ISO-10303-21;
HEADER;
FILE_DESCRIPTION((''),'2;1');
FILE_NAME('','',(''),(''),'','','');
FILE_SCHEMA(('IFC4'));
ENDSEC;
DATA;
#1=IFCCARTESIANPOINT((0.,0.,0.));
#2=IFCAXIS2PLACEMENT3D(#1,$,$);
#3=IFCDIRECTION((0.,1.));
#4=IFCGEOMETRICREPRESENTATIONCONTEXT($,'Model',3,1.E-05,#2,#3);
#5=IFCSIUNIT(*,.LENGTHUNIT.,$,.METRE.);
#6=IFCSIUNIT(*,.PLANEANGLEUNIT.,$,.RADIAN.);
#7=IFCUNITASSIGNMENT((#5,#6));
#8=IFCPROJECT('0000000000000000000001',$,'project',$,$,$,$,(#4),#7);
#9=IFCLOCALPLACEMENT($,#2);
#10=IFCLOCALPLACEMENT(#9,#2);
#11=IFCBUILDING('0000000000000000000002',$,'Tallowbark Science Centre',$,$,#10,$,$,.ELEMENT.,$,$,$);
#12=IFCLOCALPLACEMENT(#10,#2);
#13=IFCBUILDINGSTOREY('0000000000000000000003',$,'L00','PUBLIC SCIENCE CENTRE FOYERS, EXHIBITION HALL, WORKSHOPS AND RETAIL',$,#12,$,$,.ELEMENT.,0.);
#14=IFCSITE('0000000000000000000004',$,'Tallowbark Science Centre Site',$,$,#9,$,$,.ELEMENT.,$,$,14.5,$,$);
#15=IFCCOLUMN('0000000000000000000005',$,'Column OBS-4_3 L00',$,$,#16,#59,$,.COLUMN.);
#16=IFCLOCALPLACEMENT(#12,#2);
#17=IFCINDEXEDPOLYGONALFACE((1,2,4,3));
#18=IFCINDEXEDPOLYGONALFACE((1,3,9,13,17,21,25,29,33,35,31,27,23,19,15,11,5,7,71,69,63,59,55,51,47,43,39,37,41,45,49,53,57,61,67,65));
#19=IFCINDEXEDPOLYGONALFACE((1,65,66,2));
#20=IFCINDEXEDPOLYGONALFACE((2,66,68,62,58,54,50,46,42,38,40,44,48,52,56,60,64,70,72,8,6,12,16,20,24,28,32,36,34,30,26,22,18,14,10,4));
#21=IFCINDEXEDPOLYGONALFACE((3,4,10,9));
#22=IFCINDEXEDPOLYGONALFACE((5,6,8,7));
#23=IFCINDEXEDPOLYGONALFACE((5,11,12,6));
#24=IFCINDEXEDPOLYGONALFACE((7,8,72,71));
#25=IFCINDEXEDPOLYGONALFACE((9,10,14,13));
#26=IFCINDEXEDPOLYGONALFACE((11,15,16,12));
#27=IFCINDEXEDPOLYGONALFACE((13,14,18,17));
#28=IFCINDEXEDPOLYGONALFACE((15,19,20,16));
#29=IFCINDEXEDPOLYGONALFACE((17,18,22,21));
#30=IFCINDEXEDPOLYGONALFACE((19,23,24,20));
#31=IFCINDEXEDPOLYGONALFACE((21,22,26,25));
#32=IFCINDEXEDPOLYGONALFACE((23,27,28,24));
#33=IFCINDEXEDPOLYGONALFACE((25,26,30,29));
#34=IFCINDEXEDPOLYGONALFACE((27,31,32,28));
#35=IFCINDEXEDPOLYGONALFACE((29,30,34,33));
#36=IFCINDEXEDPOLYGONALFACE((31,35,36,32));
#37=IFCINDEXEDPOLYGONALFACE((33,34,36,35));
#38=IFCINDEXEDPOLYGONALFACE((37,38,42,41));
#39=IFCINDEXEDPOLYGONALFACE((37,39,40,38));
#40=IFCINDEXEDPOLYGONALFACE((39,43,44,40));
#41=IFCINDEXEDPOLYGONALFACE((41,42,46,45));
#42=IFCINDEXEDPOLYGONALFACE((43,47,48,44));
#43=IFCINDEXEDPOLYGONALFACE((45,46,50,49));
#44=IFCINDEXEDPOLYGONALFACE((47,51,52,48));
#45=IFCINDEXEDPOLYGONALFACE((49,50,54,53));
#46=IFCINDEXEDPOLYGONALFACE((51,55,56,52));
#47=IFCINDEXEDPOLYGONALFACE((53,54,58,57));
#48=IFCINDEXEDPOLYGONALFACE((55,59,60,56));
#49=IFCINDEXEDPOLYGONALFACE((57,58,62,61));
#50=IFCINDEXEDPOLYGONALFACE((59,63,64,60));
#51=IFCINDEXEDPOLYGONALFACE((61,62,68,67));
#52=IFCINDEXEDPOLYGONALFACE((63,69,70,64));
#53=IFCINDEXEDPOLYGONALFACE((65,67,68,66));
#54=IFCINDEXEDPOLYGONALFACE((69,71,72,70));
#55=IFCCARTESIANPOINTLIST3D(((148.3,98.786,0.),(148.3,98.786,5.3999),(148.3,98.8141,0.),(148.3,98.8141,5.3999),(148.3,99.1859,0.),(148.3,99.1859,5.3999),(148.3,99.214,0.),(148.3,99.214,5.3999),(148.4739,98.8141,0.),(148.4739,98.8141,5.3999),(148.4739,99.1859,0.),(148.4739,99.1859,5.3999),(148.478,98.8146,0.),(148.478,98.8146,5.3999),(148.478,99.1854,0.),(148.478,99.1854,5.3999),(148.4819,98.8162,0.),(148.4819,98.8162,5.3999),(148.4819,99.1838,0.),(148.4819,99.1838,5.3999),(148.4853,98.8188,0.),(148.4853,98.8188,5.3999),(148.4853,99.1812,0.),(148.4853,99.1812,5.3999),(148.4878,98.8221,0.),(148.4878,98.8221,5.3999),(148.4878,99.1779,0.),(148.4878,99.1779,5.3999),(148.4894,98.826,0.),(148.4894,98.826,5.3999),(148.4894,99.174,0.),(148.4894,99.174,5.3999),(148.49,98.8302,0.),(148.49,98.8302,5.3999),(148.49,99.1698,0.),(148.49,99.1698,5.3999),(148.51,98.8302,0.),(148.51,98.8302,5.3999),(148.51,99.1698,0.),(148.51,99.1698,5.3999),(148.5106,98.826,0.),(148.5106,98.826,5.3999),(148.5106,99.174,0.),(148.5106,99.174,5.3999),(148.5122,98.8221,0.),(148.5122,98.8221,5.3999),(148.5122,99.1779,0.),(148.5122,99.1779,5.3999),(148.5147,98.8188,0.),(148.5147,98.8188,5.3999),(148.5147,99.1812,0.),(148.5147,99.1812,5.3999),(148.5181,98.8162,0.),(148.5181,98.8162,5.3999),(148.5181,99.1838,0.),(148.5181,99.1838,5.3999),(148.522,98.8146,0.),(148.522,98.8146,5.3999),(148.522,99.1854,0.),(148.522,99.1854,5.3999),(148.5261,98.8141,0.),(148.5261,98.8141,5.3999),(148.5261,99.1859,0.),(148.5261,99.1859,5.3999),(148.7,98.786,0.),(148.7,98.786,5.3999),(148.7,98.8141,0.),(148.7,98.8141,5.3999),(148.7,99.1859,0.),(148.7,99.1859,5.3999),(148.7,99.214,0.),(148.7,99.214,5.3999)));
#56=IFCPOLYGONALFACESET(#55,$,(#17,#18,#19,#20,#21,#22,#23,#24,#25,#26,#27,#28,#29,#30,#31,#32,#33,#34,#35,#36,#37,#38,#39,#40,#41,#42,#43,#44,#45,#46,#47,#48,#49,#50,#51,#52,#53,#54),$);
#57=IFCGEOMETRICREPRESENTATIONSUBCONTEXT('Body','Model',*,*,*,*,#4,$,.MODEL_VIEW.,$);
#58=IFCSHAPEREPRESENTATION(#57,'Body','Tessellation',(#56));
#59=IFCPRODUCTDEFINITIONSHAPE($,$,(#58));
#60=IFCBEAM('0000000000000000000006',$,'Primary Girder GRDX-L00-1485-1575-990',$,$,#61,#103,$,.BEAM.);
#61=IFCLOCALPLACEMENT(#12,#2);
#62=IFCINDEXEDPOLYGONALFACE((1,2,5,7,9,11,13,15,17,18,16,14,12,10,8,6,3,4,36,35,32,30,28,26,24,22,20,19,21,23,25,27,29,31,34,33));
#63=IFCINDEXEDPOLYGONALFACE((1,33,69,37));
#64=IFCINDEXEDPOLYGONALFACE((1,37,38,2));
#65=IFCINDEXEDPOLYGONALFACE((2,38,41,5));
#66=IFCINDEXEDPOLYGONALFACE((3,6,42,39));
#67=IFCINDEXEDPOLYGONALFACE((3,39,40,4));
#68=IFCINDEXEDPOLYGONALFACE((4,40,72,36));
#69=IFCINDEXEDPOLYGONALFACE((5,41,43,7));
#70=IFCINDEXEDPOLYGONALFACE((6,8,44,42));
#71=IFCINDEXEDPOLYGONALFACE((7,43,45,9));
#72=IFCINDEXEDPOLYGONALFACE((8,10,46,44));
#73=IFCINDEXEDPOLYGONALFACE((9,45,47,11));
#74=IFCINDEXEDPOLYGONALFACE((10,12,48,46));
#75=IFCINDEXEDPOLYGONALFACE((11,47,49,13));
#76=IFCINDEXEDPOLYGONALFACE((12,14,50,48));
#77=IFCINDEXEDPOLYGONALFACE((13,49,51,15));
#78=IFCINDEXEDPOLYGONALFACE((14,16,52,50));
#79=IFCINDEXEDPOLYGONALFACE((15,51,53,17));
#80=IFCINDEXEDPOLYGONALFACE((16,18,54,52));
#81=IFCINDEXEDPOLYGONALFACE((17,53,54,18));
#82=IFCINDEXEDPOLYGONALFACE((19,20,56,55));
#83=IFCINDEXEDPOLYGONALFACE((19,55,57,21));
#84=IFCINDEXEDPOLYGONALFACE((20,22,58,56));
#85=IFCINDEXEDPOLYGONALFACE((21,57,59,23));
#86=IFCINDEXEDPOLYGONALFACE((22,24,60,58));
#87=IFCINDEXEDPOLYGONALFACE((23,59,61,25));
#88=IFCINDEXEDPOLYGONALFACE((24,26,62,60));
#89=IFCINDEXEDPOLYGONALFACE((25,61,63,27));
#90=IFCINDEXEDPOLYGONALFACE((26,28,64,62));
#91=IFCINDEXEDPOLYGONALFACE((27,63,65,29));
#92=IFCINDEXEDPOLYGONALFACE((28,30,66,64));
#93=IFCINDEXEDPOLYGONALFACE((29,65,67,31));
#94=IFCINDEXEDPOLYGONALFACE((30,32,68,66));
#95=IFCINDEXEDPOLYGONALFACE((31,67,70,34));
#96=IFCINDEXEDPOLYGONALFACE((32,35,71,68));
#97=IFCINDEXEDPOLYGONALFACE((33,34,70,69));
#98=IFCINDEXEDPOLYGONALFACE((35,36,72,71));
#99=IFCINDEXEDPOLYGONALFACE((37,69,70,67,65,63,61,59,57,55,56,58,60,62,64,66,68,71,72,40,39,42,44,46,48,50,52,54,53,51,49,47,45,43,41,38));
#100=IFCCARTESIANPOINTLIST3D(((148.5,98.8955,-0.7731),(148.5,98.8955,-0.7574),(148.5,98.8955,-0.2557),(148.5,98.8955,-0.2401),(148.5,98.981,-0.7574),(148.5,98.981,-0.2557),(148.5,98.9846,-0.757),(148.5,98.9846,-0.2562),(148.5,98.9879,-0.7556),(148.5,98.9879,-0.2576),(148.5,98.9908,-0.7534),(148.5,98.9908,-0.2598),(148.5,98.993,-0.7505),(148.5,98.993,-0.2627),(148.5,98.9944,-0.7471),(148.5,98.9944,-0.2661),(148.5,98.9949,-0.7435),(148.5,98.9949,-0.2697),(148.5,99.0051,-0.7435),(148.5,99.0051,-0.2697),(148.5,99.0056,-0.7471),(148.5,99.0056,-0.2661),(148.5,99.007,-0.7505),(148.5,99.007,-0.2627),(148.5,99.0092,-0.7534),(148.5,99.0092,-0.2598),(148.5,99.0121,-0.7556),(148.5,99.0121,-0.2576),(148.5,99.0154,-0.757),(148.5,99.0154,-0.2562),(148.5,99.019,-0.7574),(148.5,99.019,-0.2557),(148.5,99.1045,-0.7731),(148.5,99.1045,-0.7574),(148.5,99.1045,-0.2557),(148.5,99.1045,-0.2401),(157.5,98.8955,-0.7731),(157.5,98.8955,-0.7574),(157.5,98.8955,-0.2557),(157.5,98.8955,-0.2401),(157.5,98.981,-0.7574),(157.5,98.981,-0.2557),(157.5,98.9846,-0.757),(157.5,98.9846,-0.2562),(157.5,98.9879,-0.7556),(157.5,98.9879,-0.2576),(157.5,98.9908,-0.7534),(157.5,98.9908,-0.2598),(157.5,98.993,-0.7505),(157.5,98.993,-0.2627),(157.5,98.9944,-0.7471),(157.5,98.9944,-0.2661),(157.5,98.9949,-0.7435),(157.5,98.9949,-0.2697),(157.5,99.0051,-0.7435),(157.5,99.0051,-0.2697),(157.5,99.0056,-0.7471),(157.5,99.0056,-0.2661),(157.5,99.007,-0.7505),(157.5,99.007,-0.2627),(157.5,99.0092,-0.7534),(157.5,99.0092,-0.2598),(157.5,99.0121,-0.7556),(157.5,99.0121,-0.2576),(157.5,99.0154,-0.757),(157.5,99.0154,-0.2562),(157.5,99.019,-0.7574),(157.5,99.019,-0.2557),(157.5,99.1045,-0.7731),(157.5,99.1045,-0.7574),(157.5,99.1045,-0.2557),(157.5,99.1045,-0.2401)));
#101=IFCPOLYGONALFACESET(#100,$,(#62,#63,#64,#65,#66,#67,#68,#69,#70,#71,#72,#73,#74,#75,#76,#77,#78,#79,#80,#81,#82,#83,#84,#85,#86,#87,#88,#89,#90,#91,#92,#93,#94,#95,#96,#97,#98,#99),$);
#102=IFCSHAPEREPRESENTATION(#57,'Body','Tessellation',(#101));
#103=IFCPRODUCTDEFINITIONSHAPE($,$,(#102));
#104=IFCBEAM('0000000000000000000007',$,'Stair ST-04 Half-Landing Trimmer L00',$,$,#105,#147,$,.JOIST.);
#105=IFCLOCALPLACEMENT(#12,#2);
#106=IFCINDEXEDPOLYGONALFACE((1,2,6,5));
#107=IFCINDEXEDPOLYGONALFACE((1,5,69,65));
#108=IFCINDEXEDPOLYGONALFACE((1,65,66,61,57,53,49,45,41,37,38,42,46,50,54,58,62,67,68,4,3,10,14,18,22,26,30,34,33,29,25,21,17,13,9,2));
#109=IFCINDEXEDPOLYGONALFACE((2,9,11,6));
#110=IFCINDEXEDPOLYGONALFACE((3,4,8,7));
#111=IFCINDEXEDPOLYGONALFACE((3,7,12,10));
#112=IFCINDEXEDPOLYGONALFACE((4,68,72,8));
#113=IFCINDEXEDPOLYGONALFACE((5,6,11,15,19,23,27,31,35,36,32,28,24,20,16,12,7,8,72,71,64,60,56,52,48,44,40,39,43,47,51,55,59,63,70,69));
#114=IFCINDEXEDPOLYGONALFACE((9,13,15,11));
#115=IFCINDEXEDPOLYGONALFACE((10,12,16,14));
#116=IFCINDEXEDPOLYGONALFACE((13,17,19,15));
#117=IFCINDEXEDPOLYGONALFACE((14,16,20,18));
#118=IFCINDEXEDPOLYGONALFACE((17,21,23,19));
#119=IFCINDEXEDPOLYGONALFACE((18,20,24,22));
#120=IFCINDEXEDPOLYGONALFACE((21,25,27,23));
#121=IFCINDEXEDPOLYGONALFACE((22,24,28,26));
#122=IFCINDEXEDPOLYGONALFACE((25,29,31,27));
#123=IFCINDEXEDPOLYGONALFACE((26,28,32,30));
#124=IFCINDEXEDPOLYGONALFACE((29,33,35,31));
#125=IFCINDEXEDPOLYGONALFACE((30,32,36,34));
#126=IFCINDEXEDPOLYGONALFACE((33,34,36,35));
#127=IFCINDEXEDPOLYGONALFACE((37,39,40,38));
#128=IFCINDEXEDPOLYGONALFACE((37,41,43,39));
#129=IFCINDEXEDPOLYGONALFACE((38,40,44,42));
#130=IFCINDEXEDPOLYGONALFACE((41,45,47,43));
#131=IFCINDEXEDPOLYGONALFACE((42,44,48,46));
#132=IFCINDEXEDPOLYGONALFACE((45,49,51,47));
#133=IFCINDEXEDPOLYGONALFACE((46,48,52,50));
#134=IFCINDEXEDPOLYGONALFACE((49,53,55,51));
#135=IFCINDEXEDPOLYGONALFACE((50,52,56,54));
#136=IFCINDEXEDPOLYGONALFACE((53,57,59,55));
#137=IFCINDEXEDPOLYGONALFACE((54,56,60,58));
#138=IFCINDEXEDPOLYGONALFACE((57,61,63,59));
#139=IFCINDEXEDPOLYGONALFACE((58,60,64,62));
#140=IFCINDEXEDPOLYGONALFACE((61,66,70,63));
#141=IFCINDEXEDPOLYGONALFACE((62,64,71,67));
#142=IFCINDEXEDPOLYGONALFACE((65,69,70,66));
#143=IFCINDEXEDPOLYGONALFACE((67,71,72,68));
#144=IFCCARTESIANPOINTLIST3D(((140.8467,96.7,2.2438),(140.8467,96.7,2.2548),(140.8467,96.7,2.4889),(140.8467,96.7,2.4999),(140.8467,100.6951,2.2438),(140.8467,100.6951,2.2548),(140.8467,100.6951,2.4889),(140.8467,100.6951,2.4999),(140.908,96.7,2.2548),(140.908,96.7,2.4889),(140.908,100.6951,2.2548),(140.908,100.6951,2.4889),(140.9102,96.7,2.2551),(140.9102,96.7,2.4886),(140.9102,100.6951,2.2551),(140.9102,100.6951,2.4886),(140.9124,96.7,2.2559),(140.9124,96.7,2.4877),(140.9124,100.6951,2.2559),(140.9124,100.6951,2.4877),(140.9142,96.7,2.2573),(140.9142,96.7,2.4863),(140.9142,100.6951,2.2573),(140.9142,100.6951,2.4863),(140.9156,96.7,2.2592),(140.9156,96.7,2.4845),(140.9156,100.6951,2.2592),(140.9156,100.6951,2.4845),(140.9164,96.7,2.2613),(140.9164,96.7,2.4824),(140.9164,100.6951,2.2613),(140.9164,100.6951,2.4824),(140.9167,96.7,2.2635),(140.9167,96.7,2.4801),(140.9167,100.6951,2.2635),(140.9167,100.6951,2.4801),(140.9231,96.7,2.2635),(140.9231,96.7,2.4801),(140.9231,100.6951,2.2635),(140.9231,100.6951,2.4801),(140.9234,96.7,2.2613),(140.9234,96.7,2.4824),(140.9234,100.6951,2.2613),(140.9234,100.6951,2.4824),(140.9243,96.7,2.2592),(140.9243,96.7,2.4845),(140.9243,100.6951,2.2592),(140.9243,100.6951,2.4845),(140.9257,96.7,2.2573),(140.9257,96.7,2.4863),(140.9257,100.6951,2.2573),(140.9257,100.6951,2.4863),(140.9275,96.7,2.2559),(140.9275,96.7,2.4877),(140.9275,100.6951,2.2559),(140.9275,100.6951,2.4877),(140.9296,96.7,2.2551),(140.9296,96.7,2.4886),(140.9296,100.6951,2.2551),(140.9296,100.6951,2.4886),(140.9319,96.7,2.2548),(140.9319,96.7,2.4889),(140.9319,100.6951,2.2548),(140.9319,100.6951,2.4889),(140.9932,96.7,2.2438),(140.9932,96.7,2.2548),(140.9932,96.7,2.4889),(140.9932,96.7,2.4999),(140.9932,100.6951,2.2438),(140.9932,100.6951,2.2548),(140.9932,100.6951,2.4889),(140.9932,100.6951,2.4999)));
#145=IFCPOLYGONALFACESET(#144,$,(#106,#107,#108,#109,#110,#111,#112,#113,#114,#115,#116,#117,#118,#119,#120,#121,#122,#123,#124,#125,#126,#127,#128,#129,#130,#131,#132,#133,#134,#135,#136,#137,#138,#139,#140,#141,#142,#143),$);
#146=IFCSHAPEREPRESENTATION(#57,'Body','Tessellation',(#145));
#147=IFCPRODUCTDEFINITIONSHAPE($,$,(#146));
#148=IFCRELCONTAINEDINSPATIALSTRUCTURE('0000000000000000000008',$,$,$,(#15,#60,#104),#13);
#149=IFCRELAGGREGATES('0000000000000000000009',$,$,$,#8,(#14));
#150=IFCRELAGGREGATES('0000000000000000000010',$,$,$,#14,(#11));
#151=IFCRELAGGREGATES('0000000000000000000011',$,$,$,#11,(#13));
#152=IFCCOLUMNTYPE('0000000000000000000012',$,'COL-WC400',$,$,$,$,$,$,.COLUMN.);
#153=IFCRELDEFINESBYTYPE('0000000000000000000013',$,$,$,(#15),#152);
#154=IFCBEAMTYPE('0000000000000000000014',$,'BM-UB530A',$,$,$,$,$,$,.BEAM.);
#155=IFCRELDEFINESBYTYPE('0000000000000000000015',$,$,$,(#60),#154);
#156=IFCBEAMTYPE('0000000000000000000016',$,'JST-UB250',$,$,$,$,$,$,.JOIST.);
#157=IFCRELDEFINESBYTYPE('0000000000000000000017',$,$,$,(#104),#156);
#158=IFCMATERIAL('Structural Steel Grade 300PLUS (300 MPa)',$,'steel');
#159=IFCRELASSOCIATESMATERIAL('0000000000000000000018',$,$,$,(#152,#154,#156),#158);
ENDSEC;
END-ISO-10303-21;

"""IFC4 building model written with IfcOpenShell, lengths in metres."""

from ifc_helpers import new_model, si_unit, direction, frame, origin, origin_2d, place, context, subcontext, project, spatial, i_section, extrude, material, material_profile, profile_set, type_object, element, save


model = new_model("IFC4")

# Units and contexts
model_context = context("Model", 3, precision=1e-05, world=origin(), true_north=direction((0.0, 1.0)))
body_context = subcontext(model_context, "Body", "Model", "MODEL_VIEW")
ifc_project = project(units=[si_unit("LENGTHUNIT", "METRE"), si_unit("PLANEANGLEUNIT", "RADIAN")], contexts=[model_context])

# Site, building, storey
site_placement = place(None, origin())
site = spatial("IfcSite", under=ifc_project, at=site_placement, Name="Tallowbark Science Centre Site", CompositionType="ELEMENT", RefElevation=14.5)
building_placement = place(site_placement, origin())
building = spatial("IfcBuilding", under=site, at=building_placement, Name="Tallowbark Science Centre", CompositionType="ELEMENT")
storey_placement = place(building_placement, origin())
storey = spatial("IfcBuildingStorey", under=building, at=storey_placement, Name="L00", Description="PUBLIC SCIENCE CENTRE FOYERS, EXHIBITION HALL, WORKSHOPS AND RETAIL", CompositionType="ELEMENT", Elevation=0.0)

# Column
ifc_material_1 = material(Name="Structural Steel Grade 300PLUS (300 MPa)", Category="steel")
ifc_material_profile_1 = material_profile(ifc_material_1, i_section(OverallWidth=0.3999, OverallDepth=0.428, WebThickness=0.02, FlangeThickness=0.0281, FilletRadius=0.0161, at=origin_2d()), Name="400WC270")
ifc_profile_set_1 = profile_set([ifc_material_profile_1], Name="Structural Steel Grade 300PLUS (300 MPa)")
column_type = type_object("IfcColumnType", Name="COL-WC400", PredefinedType="COLUMN", material=ifc_profile_set_1)
column_placement = place(storey_placement, frame((148.5, 99.0, 0.0), z_axis=(0.0, 0.0, 1.0), x_axis=(1.0, 0.0, 0.0)))
element("IfcColumn", 1, at=column_placement, inside=storey, type_object=column_type, Name="Column OBS-4_3 L00", PredefinedType="COLUMN", context=body_context, shape_type="SweptSolid", body=[
    extrude(i_section(OverallWidth=0.3999, OverallDepth=0.428, WebThickness=0.02, FlangeThickness=0.0281, FilletRadius=0.0161, at=origin_2d()), origin(), (0.0, 0.0, 1.0), 5.3999),
])

# Beams
ifc_material_profile_2 = material_profile(ifc_material_1, i_section(OverallWidth=0.209, OverallDepth=0.533, WebThickness=0.0103, FlangeThickness=0.0156, FilletRadius=0.0139, at=origin_2d()), Name="530UB92.4")
ifc_profile_set_2 = profile_set([ifc_material_profile_2], Name="Structural Steel Grade 300PLUS (300 MPa)")
beam_type_1 = type_object("IfcBeamType", Name="BM-UB530A", PredefinedType="BEAM", material=ifc_profile_set_2)
beam_1_placement = place(storey_placement, frame((148.5, 99.0, -0.5066), z_axis=(1.0, 0.0, 0.0), x_axis=(0.0, 1.0, 0.0)))
element("IfcBeam", 2, at=beam_1_placement, inside=storey, type_object=beam_type_1, Name="Primary Girder GRDX-L00-1485-1575-990", PredefinedType="BEAM", context=body_context, shape_type="SweptSolid", body=[
    extrude(i_section(OverallWidth=0.209, OverallDepth=0.533, WebThickness=0.0103, FlangeThickness=0.0156, FilletRadius=0.0139, at=origin_2d()), origin(), (0.0, 0.0, 1.0), 9.0),
])
ifc_material_profile_3 = material_profile(ifc_material_1, i_section(OverallWidth=0.1465, OverallDepth=0.2561, WebThickness=0.0063, FlangeThickness=0.011, FilletRadius=0.0088, at=origin_2d()), Name="250UB37.3")
ifc_profile_set_3 = profile_set([ifc_material_profile_3], Name="Structural Steel Grade 300PLUS (300 MPa)")
beam_type_2 = type_object("IfcBeamType", Name="JST-UB250", PredefinedType="JOIST", material=ifc_profile_set_3)
beam_2_placement = place(storey_placement, frame((140.9199, 96.7, 2.3718), z_axis=(0.0, 1.0, 0.0), x_axis=(-1.0, 0.0, 0.0)))
element("IfcBeam", 3, at=beam_2_placement, inside=storey, type_object=beam_type_2, Name="Stair ST-04 Half-Landing Trimmer L00", PredefinedType="JOIST", context=body_context, shape_type="SweptSolid", body=[
    extrude(i_section(OverallWidth=0.1465, OverallDepth=0.2561, WebThickness=0.0063, FlangeThickness=0.011, FilletRadius=0.0088, at=origin_2d()), origin(), (0.0, 0.0, 1.0), 3.9951),
])

save(model, "model.ifc")
